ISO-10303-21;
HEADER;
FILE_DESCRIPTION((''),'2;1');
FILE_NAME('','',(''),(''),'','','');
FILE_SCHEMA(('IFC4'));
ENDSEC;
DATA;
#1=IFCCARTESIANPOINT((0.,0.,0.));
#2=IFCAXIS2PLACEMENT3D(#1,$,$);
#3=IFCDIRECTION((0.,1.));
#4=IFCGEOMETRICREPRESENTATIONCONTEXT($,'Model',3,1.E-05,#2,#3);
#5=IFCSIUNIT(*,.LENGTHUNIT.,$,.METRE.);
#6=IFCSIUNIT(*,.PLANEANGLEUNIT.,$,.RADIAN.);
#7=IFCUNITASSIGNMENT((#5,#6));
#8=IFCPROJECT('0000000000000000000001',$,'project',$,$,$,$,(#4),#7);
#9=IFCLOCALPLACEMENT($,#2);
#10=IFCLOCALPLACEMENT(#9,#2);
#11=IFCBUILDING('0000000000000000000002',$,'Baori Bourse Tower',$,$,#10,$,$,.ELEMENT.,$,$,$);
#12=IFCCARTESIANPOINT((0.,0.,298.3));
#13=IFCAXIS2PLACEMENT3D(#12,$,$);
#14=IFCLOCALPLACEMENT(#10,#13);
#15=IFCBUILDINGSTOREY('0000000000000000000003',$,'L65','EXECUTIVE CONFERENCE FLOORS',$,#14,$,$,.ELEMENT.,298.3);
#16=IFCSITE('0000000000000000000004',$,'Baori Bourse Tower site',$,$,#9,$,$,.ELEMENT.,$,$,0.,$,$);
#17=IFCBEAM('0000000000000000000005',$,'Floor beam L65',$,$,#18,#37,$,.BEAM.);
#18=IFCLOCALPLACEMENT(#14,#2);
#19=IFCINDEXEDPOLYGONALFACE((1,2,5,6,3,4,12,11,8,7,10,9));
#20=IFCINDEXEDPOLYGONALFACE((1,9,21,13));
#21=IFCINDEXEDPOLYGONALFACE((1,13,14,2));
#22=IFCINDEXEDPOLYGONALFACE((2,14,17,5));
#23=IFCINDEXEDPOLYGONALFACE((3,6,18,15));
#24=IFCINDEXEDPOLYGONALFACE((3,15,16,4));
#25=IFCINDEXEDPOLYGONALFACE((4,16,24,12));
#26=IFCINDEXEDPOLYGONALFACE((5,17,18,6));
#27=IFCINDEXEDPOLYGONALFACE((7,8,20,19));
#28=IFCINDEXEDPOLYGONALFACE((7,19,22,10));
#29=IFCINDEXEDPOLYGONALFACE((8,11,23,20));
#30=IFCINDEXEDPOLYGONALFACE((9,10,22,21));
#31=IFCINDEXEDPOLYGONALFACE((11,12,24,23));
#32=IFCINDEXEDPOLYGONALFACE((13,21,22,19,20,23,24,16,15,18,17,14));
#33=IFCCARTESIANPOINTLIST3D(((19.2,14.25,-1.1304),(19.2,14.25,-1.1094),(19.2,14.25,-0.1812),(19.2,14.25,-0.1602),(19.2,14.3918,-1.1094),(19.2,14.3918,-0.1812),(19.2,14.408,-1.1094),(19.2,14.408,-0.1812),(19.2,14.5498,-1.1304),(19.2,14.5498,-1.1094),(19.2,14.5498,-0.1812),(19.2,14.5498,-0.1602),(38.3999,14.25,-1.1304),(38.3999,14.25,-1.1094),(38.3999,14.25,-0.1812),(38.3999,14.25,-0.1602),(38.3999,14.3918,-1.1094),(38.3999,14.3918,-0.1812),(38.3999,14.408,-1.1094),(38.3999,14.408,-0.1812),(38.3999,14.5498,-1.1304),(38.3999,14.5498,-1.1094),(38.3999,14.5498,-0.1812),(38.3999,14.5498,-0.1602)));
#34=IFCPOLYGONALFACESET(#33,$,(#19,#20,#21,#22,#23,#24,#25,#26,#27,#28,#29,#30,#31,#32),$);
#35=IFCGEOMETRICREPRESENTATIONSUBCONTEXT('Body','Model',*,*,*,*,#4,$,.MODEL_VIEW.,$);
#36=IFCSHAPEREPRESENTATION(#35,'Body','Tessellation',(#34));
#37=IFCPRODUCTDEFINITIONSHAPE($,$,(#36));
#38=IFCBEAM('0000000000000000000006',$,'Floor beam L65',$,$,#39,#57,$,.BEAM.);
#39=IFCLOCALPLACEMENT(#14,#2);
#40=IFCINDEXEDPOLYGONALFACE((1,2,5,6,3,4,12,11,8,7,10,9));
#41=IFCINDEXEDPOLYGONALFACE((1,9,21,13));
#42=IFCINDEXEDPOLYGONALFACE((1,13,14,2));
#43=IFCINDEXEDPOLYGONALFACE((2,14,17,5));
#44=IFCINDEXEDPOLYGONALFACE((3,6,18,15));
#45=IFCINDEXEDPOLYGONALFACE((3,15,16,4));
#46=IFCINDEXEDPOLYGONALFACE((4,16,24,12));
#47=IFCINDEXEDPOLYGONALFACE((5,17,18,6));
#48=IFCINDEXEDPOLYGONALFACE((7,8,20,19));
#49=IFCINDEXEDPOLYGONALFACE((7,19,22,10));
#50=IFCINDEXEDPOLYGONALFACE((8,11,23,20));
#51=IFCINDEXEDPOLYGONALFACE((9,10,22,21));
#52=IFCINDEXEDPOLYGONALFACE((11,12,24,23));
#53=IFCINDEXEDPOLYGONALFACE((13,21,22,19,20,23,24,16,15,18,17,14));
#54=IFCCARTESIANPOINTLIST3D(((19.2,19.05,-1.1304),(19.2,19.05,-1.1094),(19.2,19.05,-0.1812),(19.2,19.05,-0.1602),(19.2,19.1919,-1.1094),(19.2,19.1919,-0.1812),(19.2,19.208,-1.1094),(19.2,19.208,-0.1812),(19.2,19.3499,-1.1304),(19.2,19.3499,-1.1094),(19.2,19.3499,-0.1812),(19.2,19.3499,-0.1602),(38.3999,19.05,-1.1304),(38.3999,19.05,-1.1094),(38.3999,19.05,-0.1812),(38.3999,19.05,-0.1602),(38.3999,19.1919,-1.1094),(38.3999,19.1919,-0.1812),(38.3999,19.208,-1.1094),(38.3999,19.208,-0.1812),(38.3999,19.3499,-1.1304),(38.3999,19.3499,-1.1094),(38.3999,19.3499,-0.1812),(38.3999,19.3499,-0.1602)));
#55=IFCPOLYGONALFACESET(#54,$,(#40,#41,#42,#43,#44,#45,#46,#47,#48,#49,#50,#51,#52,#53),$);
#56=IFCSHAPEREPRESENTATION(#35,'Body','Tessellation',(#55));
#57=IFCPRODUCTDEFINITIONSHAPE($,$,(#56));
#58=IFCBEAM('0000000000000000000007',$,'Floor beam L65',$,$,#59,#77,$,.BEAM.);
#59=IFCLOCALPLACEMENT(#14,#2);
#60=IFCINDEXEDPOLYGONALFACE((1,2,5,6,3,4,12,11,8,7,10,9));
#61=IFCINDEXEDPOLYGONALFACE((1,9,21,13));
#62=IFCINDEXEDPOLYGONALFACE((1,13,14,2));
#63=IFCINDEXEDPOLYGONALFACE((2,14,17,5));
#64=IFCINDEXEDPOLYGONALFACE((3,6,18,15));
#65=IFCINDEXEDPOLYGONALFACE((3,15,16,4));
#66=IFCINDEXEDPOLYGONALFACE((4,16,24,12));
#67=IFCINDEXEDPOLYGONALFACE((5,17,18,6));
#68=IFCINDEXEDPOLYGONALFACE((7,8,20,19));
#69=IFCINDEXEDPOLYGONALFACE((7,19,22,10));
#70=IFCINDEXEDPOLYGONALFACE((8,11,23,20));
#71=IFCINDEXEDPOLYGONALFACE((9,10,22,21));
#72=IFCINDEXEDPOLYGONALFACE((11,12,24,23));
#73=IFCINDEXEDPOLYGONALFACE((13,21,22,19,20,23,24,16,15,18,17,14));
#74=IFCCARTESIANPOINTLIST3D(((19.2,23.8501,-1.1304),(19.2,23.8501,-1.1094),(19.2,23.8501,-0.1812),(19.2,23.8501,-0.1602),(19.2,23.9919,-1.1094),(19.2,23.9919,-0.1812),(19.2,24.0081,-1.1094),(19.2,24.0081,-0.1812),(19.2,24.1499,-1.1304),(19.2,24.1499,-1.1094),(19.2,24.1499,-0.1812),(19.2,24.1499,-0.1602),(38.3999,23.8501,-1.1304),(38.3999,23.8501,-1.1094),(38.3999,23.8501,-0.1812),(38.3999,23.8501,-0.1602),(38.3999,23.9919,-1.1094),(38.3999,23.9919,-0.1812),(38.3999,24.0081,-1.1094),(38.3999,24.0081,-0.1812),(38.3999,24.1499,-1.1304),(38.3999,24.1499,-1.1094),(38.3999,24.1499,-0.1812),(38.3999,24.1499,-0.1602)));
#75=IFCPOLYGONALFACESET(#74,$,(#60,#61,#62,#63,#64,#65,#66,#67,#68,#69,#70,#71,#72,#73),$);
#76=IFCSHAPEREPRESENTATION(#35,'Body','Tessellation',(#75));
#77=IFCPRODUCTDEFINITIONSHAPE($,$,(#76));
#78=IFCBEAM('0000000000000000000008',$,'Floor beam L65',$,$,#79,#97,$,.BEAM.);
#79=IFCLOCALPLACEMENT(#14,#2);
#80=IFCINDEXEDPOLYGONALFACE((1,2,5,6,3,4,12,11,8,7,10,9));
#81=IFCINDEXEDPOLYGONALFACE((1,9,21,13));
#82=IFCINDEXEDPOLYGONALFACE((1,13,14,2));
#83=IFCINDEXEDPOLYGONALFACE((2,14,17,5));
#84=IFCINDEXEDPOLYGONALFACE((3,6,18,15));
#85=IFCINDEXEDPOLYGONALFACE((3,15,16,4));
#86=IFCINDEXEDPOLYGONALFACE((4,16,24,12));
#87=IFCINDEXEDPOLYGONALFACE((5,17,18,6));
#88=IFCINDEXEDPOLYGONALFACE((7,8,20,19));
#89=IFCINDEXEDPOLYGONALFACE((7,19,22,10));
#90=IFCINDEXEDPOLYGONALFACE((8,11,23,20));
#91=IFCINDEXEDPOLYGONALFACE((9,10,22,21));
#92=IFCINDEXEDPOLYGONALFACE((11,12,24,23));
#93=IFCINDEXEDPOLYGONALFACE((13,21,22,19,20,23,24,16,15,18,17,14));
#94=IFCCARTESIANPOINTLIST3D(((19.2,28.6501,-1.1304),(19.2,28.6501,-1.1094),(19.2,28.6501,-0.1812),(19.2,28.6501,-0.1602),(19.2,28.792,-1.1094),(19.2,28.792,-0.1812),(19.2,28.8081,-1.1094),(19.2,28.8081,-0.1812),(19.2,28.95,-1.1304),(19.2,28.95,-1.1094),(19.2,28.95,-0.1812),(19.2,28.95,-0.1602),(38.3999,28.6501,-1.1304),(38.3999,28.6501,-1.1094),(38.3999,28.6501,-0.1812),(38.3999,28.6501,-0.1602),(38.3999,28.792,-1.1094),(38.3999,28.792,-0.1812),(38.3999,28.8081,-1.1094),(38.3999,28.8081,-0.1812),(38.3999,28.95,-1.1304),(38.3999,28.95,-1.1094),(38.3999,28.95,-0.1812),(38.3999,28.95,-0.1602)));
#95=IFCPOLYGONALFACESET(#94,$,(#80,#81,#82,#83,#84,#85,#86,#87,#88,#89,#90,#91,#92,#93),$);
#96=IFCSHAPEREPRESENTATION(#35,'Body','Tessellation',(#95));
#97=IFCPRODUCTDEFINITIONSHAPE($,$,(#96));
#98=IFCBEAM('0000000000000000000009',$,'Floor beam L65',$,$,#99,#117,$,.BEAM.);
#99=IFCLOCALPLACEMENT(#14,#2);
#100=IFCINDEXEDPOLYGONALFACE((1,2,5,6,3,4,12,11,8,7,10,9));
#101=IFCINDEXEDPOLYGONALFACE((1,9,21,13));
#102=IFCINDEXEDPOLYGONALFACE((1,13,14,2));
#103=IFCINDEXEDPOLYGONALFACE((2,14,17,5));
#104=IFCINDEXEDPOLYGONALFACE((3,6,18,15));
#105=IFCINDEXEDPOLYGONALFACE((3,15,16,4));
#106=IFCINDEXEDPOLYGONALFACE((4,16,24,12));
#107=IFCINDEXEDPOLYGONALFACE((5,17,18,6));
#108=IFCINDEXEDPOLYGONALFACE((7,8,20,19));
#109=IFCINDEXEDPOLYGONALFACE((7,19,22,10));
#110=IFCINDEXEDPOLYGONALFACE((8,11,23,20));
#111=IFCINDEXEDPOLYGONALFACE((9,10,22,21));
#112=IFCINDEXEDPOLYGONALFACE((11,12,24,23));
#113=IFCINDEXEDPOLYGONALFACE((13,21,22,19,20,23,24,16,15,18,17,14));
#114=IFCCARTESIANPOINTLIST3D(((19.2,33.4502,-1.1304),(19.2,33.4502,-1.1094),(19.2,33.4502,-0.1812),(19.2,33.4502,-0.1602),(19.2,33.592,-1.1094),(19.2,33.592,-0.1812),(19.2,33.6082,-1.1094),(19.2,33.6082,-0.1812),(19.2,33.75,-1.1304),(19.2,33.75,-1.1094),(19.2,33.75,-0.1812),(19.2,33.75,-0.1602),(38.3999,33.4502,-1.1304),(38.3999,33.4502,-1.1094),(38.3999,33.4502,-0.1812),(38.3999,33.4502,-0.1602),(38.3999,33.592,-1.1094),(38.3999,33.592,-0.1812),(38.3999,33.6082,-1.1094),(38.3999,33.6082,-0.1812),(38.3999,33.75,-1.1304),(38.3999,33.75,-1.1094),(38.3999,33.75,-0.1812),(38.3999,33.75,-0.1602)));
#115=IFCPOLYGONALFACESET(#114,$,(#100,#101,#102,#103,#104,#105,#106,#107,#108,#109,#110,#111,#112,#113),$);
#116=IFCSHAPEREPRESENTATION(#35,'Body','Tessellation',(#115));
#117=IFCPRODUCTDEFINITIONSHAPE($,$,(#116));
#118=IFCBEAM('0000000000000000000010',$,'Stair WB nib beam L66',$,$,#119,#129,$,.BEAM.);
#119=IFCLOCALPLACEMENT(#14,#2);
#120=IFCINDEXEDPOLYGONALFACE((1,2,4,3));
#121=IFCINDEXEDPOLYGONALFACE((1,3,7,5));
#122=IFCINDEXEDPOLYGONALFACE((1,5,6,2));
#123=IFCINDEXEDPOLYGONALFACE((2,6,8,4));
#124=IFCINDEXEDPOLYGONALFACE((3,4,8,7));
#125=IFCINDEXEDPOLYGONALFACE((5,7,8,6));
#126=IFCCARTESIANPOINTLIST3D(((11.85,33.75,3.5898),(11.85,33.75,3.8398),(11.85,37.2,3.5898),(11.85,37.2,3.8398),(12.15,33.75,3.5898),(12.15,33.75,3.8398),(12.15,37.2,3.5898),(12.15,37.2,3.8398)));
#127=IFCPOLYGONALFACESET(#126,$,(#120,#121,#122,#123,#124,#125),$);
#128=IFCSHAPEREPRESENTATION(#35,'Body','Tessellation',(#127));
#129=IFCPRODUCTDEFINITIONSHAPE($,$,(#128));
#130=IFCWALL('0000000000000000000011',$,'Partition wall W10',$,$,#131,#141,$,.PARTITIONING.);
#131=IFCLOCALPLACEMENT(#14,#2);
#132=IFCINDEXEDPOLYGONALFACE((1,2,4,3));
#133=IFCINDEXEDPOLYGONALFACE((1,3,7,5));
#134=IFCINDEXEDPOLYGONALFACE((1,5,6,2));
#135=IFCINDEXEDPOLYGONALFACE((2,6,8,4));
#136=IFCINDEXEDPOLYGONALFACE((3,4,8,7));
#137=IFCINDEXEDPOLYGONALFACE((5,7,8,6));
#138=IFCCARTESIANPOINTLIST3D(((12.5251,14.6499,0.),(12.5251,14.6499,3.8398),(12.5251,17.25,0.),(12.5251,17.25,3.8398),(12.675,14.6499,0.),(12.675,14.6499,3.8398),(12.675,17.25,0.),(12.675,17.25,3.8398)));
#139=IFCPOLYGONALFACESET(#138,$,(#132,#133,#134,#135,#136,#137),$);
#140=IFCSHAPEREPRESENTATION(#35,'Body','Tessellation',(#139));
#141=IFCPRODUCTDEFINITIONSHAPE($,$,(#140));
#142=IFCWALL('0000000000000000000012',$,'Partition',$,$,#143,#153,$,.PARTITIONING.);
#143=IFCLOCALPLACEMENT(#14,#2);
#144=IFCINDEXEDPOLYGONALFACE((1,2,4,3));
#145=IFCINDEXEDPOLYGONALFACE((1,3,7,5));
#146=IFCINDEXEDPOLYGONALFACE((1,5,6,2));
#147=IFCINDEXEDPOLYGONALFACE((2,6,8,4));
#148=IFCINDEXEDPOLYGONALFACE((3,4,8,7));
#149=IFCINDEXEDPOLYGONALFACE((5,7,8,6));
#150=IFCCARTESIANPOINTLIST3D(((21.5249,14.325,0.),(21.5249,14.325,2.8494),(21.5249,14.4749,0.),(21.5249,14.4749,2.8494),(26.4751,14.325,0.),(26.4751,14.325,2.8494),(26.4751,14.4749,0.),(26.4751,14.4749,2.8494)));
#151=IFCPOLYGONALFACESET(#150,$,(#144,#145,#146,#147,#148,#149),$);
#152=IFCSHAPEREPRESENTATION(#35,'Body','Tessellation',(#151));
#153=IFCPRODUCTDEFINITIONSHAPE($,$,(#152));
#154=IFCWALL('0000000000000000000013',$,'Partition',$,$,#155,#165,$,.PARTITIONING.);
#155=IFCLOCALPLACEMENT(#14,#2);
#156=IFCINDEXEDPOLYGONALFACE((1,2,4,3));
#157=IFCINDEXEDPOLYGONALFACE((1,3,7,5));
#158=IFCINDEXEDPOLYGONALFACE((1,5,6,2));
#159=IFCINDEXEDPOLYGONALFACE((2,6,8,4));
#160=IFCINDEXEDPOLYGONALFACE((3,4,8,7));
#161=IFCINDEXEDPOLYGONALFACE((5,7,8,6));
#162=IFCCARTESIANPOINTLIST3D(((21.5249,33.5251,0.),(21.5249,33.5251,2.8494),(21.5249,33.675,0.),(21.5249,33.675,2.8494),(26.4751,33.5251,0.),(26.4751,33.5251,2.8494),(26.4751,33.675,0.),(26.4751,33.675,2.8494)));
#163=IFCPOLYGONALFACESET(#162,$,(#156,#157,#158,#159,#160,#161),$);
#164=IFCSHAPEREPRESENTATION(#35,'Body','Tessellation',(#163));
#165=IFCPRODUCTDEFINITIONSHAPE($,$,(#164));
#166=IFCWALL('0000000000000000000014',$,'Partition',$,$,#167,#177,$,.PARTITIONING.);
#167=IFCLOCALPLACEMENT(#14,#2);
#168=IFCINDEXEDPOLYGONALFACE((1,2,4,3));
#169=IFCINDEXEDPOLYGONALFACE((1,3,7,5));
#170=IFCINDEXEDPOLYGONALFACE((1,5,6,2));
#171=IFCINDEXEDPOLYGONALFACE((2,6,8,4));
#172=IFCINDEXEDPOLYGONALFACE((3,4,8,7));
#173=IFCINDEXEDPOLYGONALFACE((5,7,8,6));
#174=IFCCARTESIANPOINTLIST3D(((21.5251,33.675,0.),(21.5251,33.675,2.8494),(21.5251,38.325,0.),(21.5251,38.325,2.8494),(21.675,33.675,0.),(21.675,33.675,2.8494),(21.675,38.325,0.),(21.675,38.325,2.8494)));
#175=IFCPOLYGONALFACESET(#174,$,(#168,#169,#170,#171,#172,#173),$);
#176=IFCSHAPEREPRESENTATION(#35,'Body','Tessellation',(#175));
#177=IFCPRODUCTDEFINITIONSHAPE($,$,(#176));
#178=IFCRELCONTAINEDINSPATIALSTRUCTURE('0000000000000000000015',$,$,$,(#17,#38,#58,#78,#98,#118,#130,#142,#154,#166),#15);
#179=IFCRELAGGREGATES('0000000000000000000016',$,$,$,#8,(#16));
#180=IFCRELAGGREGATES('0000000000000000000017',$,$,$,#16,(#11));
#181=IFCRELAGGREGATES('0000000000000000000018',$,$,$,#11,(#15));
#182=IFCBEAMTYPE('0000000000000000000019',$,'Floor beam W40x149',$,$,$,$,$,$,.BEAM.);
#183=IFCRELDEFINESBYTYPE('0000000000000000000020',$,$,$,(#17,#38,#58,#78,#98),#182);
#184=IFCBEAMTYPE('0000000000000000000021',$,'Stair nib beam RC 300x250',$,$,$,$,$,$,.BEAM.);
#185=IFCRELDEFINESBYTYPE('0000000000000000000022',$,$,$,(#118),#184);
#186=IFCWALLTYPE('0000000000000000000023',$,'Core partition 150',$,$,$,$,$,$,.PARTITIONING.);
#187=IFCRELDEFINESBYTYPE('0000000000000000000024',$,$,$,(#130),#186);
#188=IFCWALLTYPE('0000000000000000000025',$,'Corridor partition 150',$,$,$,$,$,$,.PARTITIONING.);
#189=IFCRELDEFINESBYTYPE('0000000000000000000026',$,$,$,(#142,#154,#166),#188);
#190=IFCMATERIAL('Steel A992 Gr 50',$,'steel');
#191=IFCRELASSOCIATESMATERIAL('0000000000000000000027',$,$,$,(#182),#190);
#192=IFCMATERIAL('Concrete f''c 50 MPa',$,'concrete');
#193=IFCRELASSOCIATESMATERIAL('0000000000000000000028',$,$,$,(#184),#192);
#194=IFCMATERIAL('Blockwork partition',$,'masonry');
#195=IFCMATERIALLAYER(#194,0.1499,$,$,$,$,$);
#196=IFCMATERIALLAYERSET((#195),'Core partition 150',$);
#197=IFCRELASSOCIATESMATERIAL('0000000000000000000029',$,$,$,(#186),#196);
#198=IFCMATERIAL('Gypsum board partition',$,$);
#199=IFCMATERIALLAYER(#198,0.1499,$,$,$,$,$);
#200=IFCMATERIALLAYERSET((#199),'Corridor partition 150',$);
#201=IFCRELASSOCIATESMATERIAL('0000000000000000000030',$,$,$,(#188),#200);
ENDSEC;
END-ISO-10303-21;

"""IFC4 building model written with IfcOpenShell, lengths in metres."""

from ifc_helpers import new_model, si_unit, direction, frame, frame_2d, origin, origin_2d, place, context, subcontext, project, spatial, rectangle, i_section, extrude, material, layer, layer_set, material_profile, profile_set, type_object, element, save


model = new_model("IFC4")

# Units and contexts
model_context = context("Model", 3, precision=1e-05, world=origin(), true_north=direction((0.0, 1.0)))
body_context = subcontext(model_context, "Body", "Model", "MODEL_VIEW")
ifc_project = project(units=[si_unit("LENGTHUNIT", "METRE"), si_unit("PLANEANGLEUNIT", "RADIAN")], contexts=[model_context])

# Site, building, storey
site_placement = place(None, origin())
site = spatial("IfcSite", under=ifc_project, at=site_placement, Name="Baori Bourse Tower site", CompositionType="ELEMENT", RefElevation=0.0)
building_placement = place(site_placement, origin())
building = spatial("IfcBuilding", under=site, at=building_placement, Name="Baori Bourse Tower", CompositionType="ELEMENT")
storey_placement = place(building_placement, frame((0.0, 0.0, 298.3)))
storey = spatial("IfcBuildingStorey", under=building, at=storey_placement, Name="L65", Description="EXECUTIVE CONFERENCE FLOORS", CompositionType="ELEMENT", Elevation=298.3)

# Beams
ifc_material_1 = material(Name="Steel A992 Gr 50", Category="steel")
ifc_material_profile_1 = material_profile(ifc_material_1, i_section(OverallWidth=0.2998, OverallDepth=0.9702, WebThickness=0.0161, FlangeThickness=0.021, at=origin_2d()), Name="W40x149")
ifc_profile_set_1 = profile_set([ifc_material_profile_1], Name="Steel A992 Gr 50")
beam_type_1 = type_object("IfcBeamType", Name="Floor beam W40x149", PredefinedType="BEAM", material=ifc_profile_set_1)
for number, where, z_axis, x_axis, name in (
    (1, (19.2, 14.3999, -0.6453), (1.0, 0.0, 0.0), (0.0, 1.0, 0.0), "Floor beam L65"),
    (2, (19.2, 19.2, -0.6453), (1.0, 0.0, 0.0), (0.0, 1.0, 0.0), "Floor beam L65"),
    (3, (19.2, 24.0, -0.6453), (1.0, 0.0, 0.0), (0.0, 1.0, 0.0), "Floor beam L65"),
    (4, (19.2, 28.8, -0.6453), (1.0, 0.0, 0.0), (0.0, 1.0, 0.0), "Floor beam L65"),
    (5, (19.2, 33.6001, -0.6453), (1.0, 0.0, 0.0), (0.0, 1.0, 0.0), "Floor beam L65"),
):
    element("IfcBeam", number, at=place(storey_placement, frame(where, z_axis=z_axis, x_axis=x_axis)), inside=storey, type_object=beam_type_1, Name=name, PredefinedType="BEAM", context=body_context, shape_type="SweptSolid", body=[
        extrude(i_section(OverallWidth=0.2998, OverallDepth=0.9702, WebThickness=0.0161, FlangeThickness=0.021, at=origin_2d()), origin(), (0.0, 0.0, 1.0), 19.2),
    ])
ifc_material_2 = material(Name="Concrete f'c 50 MPa", Category="concrete")
ifc_material_profile_2 = material_profile(ifc_material_2, rectangle(XDim=0.3, YDim=0.25, at=origin_2d()), Name="RC 300x250")
ifc_profile_set_2 = profile_set([ifc_material_profile_2], Name="Concrete f'c 50 MPa")
beam_type_2 = type_object("IfcBeamType", Name="Stair nib beam RC 300x250", PredefinedType="BEAM", material=ifc_profile_set_2)
beam_placement = place(storey_placement, frame((12.0, 33.75, 3.7148), z_axis=(0.0, 1.0, 0.0), x_axis=(-1.0, 0.0, 0.0)))
element("IfcBeam", 6, at=beam_placement, inside=storey, type_object=beam_type_2, Name="Stair WB nib beam L66", PredefinedType="BEAM", context=body_context, shape_type="SweptSolid", body=[
    extrude(rectangle(XDim=0.3, YDim=0.25, at=origin_2d()), origin(), (0.0, 0.0, 1.0), 3.45),
])

# Walls
ifc_material_3 = material(Name="Blockwork partition", Category="masonry")
ifc_layer_1 = layer(ifc_material_3, 0.1499)
ifc_layer_set_1 = layer_set([ifc_layer_1], Name="Core partition 150")
wall_type_1 = type_object("IfcWallType", Name="Core partition 150", PredefinedType="PARTITIONING", material=ifc_layer_set_1)
wall_1_placement = place(storey_placement, frame((12.6001, 14.6499, 0.0), z_axis=(0.0, 0.0, 1.0), x_axis=(0.0, 1.0, 0.0)))
element("IfcWall", 7, at=wall_1_placement, inside=storey, type_object=wall_type_1, Name="Partition wall W10", PredefinedType="PARTITIONING", context=body_context, shape_type="SweptSolid", body=[
    extrude(rectangle(XDim=2.6001, YDim=0.1499, at=frame_2d((1.3, 0.0))), origin(), (0.0, 0.0, 1.0), 3.8398),
])
ifc_material_4 = material(Name="Gypsum board partition")
ifc_layer_2 = layer(ifc_material_4, 0.1499)
ifc_layer_set_2 = layer_set([ifc_layer_2], Name="Corridor partition 150")
wall_type_2 = type_object("IfcWallType", Name="Corridor partition 150", PredefinedType="PARTITIONING", material=ifc_layer_set_2)
for number, where, z_axis, x_axis, name in (
    (8, (21.5249, 14.3999, 0.0), (0.0, 0.0, 1.0), (1.0, 0.0, 0.0), "Partition"),
    (9, (21.5249, 33.6001, 0.0), (0.0, 0.0, 1.0), (1.0, 0.0, 0.0), "Partition"),
):
    element("IfcWall", number, at=place(storey_placement, frame(where, z_axis=z_axis, x_axis=x_axis)), inside=storey, type_object=wall_type_2, Name=name, PredefinedType="PARTITIONING", context=body_context, shape_type="SweptSolid", body=[
        extrude(rectangle(XDim=4.9502, YDim=0.1499, at=frame_2d((2.4751, 0.0))), origin(), (0.0, 0.0, 1.0), 2.8494),
    ])
wall_2_placement = place(storey_placement, frame((21.6001, 33.675, 0.0), z_axis=(0.0, 0.0, 1.0), x_axis=(0.0, 1.0, 0.0)))
element("IfcWall", 10, at=wall_2_placement, inside=storey, type_object=wall_type_2, Name="Partition", PredefinedType="PARTITIONING", context=body_context, shape_type="SweptSolid", body=[
    extrude(rectangle(XDim=4.6499, YDim=0.1499, at=frame_2d((2.325, 0.0))), origin(), (0.0, 0.0, 1.0), 2.8494),
])

save(model, "model.ifc")
